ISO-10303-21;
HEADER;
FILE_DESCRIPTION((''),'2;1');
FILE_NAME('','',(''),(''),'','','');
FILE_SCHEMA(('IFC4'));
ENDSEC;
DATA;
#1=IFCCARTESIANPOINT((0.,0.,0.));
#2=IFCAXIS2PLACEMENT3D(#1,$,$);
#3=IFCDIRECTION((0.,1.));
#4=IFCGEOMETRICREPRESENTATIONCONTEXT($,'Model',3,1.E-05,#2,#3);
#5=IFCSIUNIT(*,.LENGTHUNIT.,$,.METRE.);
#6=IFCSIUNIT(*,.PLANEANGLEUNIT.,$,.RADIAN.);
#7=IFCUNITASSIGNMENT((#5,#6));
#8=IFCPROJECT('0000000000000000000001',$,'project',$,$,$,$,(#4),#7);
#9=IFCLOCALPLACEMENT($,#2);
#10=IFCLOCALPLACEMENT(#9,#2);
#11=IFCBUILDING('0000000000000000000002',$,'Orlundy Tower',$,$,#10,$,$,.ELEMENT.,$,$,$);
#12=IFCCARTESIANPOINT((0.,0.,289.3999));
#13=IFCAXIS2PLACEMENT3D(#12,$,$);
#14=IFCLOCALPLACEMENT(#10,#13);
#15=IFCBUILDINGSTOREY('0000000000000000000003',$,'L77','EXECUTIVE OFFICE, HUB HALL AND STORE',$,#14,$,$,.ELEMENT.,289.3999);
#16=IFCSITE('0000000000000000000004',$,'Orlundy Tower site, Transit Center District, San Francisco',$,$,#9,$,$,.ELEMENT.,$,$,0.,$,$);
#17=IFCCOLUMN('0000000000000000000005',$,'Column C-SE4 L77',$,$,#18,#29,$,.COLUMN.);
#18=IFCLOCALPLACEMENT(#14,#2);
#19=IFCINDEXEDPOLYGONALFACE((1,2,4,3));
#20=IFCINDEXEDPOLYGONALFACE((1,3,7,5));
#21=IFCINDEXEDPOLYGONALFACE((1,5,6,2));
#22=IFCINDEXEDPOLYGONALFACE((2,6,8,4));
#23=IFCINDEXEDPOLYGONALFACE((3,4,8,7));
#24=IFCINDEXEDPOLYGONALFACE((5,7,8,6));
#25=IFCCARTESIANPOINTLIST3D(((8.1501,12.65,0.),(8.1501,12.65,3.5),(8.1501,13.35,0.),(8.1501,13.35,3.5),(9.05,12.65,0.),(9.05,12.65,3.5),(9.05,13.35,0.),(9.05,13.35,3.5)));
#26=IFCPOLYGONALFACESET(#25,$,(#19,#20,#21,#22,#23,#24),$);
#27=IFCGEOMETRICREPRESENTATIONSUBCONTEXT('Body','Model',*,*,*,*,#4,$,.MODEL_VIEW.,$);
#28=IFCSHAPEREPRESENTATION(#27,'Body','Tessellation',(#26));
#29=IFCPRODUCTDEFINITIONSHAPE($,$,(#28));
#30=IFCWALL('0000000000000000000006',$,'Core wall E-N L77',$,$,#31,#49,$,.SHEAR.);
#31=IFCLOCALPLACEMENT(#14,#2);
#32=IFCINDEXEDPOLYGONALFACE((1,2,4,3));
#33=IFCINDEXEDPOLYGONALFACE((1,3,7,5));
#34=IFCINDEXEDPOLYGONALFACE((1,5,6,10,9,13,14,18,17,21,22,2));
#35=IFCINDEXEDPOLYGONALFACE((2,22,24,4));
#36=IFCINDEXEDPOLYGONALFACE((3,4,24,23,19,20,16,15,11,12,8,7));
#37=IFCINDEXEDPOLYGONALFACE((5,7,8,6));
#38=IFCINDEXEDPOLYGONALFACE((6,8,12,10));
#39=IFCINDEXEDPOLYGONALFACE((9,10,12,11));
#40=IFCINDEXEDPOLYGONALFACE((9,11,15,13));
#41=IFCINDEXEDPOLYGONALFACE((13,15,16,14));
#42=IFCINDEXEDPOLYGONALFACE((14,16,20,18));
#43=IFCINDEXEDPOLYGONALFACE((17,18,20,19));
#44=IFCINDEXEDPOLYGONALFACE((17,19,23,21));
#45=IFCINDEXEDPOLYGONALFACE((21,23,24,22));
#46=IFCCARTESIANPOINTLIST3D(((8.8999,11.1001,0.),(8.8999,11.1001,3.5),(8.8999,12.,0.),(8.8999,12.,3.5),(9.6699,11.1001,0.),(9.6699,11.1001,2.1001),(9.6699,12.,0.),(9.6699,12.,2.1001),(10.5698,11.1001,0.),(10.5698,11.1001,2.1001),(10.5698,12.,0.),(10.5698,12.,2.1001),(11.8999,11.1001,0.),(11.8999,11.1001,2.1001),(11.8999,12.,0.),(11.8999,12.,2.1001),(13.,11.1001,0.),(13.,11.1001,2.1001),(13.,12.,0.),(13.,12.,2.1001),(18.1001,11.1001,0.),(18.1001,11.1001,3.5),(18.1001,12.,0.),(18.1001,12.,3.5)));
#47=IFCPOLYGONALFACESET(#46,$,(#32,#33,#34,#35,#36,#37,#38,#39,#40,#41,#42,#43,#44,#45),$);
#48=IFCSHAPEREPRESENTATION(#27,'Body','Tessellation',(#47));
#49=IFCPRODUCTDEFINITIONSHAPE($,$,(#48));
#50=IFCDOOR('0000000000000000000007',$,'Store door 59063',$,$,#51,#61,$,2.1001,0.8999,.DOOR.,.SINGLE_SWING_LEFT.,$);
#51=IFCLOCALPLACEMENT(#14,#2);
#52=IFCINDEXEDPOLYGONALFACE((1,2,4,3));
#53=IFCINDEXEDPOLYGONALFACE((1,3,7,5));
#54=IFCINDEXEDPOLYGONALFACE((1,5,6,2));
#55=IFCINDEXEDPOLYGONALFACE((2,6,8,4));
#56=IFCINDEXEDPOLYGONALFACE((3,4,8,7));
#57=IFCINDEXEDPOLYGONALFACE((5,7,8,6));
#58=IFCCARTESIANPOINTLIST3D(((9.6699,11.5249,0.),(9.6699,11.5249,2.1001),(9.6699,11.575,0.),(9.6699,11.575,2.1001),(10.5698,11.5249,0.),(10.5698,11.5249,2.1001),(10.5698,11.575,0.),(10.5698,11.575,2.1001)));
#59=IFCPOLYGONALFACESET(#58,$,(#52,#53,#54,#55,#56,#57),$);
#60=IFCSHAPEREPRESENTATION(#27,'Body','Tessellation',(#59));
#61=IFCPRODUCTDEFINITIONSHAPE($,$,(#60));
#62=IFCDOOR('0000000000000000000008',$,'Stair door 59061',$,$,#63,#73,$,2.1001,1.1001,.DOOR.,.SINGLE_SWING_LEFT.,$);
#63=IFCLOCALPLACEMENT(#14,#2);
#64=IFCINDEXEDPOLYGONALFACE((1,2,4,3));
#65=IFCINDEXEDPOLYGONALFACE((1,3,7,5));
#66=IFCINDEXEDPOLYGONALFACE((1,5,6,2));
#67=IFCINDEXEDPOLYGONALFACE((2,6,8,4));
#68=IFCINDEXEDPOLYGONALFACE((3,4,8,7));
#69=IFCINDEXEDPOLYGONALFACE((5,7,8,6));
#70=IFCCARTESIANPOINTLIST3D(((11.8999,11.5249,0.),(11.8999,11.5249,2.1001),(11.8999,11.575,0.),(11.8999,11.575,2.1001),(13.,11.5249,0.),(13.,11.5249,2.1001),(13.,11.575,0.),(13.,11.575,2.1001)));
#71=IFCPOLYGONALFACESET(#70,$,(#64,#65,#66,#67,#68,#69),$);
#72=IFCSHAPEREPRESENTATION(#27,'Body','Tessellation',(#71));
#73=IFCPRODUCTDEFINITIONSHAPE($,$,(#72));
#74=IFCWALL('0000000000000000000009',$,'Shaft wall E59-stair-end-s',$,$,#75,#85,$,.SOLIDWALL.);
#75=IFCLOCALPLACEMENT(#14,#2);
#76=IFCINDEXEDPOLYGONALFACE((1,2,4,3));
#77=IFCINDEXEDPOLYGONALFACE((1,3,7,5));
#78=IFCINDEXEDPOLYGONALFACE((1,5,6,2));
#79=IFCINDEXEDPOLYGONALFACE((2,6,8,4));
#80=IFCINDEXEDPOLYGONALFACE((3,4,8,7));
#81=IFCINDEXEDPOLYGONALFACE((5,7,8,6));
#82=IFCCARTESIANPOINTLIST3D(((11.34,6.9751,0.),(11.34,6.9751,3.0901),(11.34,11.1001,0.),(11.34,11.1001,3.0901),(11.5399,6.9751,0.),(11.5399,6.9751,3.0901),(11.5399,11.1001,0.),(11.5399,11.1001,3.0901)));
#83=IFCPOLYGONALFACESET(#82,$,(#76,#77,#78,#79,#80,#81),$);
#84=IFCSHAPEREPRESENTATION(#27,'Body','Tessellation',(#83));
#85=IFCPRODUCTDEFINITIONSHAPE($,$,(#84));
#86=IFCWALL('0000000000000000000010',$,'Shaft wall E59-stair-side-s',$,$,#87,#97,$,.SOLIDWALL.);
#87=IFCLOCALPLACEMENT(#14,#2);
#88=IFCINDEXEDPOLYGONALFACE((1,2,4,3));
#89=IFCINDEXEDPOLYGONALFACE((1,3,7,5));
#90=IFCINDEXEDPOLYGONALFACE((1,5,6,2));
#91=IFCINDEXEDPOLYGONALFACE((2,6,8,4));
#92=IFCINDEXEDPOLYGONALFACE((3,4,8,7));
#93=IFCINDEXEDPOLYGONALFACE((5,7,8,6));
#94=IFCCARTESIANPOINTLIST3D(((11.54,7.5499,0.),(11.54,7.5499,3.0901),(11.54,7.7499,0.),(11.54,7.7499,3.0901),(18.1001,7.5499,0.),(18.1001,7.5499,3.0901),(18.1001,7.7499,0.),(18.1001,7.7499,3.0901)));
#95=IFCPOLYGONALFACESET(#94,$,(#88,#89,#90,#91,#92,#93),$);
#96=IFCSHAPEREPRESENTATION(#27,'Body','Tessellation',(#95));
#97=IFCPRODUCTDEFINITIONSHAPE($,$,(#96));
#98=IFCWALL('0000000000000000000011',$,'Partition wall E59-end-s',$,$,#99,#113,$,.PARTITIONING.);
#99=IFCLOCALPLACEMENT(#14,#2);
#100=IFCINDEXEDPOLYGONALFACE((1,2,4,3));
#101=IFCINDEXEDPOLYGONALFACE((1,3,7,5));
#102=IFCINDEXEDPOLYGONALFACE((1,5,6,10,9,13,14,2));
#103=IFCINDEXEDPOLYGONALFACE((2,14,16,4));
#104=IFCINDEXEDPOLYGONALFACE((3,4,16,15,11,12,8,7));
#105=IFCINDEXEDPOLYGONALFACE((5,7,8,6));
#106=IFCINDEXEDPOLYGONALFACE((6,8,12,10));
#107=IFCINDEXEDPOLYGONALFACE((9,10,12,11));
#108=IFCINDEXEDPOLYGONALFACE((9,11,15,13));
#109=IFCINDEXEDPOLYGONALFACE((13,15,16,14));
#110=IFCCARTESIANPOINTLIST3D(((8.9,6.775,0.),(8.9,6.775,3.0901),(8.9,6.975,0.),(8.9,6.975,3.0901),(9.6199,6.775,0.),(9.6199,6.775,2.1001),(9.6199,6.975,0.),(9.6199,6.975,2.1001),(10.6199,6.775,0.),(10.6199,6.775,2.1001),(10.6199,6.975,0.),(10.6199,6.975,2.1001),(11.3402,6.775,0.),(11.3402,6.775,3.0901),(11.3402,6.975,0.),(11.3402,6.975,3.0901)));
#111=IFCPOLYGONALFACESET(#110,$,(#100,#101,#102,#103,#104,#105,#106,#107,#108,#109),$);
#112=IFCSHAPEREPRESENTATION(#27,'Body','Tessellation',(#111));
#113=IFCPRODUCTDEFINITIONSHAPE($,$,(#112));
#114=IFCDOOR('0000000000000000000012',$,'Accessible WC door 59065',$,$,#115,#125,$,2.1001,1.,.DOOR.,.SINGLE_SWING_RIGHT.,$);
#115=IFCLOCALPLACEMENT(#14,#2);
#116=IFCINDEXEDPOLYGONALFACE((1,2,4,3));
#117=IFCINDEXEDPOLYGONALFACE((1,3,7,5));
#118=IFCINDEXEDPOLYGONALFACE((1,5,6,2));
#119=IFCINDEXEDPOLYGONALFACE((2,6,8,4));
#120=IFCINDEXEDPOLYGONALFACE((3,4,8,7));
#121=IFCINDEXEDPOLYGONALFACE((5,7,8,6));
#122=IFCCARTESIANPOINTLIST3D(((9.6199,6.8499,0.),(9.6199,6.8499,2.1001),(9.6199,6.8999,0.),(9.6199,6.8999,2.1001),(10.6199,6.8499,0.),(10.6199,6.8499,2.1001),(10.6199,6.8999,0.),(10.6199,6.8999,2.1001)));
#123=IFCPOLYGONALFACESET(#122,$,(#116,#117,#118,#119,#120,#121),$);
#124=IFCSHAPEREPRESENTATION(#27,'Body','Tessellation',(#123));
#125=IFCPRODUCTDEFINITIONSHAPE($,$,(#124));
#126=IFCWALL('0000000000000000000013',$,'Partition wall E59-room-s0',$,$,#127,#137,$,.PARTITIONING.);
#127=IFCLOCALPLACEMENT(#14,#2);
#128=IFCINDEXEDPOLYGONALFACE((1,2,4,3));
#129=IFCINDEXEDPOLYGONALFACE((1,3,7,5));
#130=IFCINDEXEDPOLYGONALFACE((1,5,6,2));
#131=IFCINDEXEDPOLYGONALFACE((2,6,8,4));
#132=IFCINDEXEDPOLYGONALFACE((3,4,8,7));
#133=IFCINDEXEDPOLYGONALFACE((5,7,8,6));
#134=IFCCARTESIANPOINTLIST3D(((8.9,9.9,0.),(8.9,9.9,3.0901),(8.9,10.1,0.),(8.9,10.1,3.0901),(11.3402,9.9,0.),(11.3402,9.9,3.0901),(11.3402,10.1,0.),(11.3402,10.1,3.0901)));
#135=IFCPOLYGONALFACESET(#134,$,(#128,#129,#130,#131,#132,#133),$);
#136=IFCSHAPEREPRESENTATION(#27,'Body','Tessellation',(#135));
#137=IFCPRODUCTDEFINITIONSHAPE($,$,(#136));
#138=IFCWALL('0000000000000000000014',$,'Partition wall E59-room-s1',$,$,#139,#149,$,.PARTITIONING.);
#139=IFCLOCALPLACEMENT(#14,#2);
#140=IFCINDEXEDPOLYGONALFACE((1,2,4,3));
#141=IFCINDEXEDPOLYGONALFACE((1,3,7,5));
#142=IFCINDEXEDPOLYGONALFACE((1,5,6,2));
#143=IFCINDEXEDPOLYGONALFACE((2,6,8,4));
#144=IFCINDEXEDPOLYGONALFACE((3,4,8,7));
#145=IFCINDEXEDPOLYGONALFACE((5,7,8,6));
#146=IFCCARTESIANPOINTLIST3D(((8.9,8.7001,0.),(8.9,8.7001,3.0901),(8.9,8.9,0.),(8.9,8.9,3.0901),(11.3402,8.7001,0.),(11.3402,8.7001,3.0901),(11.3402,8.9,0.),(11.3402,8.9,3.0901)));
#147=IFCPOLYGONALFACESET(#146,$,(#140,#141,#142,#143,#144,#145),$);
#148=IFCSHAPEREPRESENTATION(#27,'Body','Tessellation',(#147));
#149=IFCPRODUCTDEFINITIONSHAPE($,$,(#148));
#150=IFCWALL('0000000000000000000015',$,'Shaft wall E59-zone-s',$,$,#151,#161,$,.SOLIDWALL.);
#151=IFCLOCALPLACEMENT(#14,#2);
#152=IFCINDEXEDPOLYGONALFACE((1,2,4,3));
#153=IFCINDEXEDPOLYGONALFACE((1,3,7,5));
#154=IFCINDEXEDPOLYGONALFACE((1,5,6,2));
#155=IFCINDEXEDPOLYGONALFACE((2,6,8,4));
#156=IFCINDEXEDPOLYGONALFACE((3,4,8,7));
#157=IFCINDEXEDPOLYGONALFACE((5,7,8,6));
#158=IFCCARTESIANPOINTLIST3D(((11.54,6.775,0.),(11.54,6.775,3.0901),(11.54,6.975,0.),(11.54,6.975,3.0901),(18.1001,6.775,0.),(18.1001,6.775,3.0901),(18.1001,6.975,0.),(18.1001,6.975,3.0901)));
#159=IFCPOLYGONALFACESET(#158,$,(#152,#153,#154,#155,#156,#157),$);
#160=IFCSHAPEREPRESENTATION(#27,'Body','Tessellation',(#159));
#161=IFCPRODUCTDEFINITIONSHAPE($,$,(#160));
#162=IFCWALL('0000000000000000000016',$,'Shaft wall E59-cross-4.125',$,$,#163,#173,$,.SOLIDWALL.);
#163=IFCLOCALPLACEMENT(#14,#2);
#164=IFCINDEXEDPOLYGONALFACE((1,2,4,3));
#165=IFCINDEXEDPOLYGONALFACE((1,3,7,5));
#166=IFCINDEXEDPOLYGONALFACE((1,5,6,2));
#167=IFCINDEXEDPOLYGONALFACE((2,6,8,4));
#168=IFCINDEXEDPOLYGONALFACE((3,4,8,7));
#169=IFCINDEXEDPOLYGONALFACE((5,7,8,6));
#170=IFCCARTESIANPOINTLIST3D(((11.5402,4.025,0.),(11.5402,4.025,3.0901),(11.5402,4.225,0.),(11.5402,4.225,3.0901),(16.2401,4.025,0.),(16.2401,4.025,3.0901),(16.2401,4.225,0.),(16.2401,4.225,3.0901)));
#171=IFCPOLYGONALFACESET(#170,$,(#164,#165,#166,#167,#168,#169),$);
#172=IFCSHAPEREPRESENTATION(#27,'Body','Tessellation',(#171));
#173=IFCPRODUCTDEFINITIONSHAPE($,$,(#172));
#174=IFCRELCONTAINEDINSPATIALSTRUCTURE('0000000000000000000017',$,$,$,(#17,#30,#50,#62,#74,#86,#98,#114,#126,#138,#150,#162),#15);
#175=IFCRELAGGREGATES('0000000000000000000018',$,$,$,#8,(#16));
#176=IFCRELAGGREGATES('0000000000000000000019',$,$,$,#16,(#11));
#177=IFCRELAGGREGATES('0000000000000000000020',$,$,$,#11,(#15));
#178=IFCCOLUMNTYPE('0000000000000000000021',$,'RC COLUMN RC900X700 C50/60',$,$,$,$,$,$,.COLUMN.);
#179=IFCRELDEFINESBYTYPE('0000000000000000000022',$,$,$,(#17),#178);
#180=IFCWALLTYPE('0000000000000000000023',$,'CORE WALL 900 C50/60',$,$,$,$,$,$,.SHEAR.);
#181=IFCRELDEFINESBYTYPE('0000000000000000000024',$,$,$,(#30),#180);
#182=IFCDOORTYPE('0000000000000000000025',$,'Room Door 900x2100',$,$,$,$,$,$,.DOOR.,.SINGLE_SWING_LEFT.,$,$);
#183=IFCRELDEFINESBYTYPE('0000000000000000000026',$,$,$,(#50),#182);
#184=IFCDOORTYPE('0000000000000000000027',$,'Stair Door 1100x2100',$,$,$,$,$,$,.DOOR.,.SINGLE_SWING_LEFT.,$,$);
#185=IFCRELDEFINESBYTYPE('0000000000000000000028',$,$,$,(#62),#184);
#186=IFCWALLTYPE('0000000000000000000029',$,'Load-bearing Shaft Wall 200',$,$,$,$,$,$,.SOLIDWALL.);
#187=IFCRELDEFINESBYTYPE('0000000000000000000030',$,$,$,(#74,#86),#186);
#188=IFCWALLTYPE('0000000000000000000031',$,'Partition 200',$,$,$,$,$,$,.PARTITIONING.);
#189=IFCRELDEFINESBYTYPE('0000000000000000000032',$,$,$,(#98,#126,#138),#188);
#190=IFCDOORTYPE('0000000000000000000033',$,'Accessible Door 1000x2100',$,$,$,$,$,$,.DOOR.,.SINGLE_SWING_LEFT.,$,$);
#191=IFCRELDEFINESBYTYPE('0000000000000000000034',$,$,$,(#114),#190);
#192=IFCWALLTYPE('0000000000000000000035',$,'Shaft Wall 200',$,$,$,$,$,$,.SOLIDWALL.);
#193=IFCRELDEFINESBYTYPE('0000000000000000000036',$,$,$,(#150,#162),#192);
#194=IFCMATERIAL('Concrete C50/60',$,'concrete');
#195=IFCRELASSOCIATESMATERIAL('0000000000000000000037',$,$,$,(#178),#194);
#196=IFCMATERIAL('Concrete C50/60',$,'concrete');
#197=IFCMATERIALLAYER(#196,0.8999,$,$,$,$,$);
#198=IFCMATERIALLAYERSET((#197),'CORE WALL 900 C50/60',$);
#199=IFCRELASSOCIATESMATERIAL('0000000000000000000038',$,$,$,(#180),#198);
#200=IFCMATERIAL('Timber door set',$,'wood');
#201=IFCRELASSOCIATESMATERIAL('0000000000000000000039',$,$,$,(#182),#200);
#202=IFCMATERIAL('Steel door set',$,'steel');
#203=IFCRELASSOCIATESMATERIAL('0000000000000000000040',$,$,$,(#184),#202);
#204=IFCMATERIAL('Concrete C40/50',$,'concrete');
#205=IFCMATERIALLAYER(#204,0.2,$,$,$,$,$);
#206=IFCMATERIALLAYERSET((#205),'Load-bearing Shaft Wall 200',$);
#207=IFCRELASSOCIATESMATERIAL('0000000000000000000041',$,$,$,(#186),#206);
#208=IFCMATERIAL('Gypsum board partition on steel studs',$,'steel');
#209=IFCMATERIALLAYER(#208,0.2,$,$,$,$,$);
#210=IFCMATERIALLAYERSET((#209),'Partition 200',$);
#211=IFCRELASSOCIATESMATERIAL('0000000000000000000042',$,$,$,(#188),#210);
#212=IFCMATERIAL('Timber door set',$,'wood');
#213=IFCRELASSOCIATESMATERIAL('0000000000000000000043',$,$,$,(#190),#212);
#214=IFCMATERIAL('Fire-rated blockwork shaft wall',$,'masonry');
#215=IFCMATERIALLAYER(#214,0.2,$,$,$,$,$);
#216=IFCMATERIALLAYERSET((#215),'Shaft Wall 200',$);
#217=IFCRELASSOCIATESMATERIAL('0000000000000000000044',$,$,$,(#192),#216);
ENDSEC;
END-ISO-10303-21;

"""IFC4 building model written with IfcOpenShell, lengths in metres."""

from ifc_helpers import new_model, si_unit, direction, frame, frame_2d, origin, origin_2d, place, context, subcontext, project, spatial, rectangle, extrude, material, layer, layer_set, material_profile, profile_set, type_object, element, fill, save


model = new_model("IFC4")

# Units and contexts
model_context = context("Model", 3, precision=1e-05, world=origin(), true_north=direction((0.0, 1.0)))
body_context = subcontext(model_context, "Body", "Model", "MODEL_VIEW")
ifc_project = project(units=[si_unit("LENGTHUNIT", "METRE"), si_unit("PLANEANGLEUNIT", "RADIAN")], contexts=[model_context])

# Site, building, storey
site_placement = place(None, origin())
site = spatial("IfcSite", under=ifc_project, at=site_placement, Name="Orlundy Tower site, Transit Center District, San Francisco", CompositionType="ELEMENT", RefElevation=0.0)
building_placement = place(site_placement, origin())
building = spatial("IfcBuilding", under=site, at=building_placement, Name="Orlundy Tower", CompositionType="ELEMENT")
storey_placement = place(building_placement, frame((0.0, 0.0, 289.3999)))
storey = spatial("IfcBuildingStorey", under=building, at=storey_placement, Name="L77", Description="EXECUTIVE OFFICE, HUB HALL AND STORE", CompositionType="ELEMENT", Elevation=289.3999)

# Column
ifc_material_1 = material(Name="Concrete C50/60", Category="concrete")
ifc_material_profile = material_profile(ifc_material_1, rectangle(XDim=0.8999, YDim=0.7, at=origin_2d()), Name="RC900X700")
ifc_profile_set = profile_set([ifc_material_profile], Name="Concrete C50/60")
column_type = type_object("IfcColumnType", Name="RC COLUMN RC900X700 C50/60", PredefinedType="COLUMN", material=ifc_profile_set)
column_placement = place(storey_placement, frame((8.6001, 13.0, 0.0), z_axis=(0.0, 0.0, 1.0), x_axis=(1.0, 0.0, 0.0)))
element("IfcColumn", 1, at=column_placement, inside=storey, type_object=column_type, Name="Column C-SE4 L77", PredefinedType="COLUMN", context=body_context, shape_type="SweptSolid", body=[
    extrude(rectangle(XDim=0.8999, YDim=0.7, at=origin_2d()), origin(), (0.0, 0.0, 1.0), 3.5),
])

# Wall, openings, doors
ifc_material_2 = material(Name="Concrete C50/60", Category="concrete")
ifc_layer_1 = layer(ifc_material_2, 0.8999)
ifc_layer_set_1 = layer_set([ifc_layer_1], Name="CORE WALL 900 C50/60")
wall_type_1 = type_object("IfcWallType", Name="CORE WALL 900 C50/60", PredefinedType="SHEAR", material=ifc_layer_set_1)
wall_1_placement = place(storey_placement, frame((8.8999, 11.55, 0.0), z_axis=(0.0, 0.0, 1.0), x_axis=(1.0, 0.0, 0.0)))
wall_1 = element("IfcWall", 2, at=wall_1_placement, inside=storey, type_object=wall_type_1, Name="Core wall E-N L77", PredefinedType="SHEAR", context=body_context, shape_type="SweptSolid", body=[
    extrude(rectangle(XDim=9.2002, YDim=0.8999, at=frame_2d((4.6001, 0.0))), origin(), (0.0, 0.0, 1.0), 3.5),
])
opening_1_placement = place(wall_1_placement, frame((3.0, 0.0, 0.0)))
opening_1 = element("IfcOpeningElement", 3, at=opening_1_placement, cuts=wall_1, PredefinedType="OPENING", context=body_context, shape_type="SweptSolid", body=[
    extrude(rectangle(XDim=1.1001, YDim=2.1001, at=frame_2d((0.55, 1.05))), frame((0.0, 0.46, 0.0), z_axis=(0.0, -1.0, 0.0), x_axis=(1.0, 0.0, 0.0)), (0.0, 0.0, 1.0), 0.9199),
])
opening_2_placement = place(wall_1_placement, frame((0.77, 0.0, 0.0)))
opening_2 = element("IfcOpeningElement", 4, at=opening_2_placement, cuts=wall_1, PredefinedType="OPENING", context=body_context, shape_type="SweptSolid", body=[
    extrude(rectangle(XDim=0.8999, YDim=2.1001, at=frame_2d((0.45, 1.05))), frame((0.0, 0.46, 0.0), z_axis=(0.0, -1.0, 0.0), x_axis=(1.0, 0.0, 0.0)), (0.0, 0.0, 1.0), 0.9199),
])
ifc_material_3 = material(Name="Timber door set", Category="wood")
door_type_1 = type_object("IfcDoorType", Name="Room Door 900x2100", OperationType="SINGLE_SWING_LEFT", PredefinedType="DOOR", material=ifc_material_3)
door_1_placement = place(opening_2_placement, origin())
door_1 = element("IfcDoor", 5, at=door_1_placement, inside=storey, type_object=door_type_1, Name="Store door 59063", OperationType="SINGLE_SWING_LEFT", OverallHeight=2.1001, OverallWidth=0.8999, PredefinedType="DOOR", context=body_context, shape_type="SweptSolid", body=[
    extrude(rectangle(XDim=0.8999, YDim=2.1001, at=frame_2d((0.45, 1.05))), frame((0.0, 0.0249, 0.0), z_axis=(0.0, -1.0, 0.0), x_axis=(1.0, 0.0, 0.0)), (0.0, 0.0, 1.0), 0.05),
])
fill(opening_2, door_1)
ifc_material_4 = material(Name="Steel door set", Category="steel")
door_type_2 = type_object("IfcDoorType", Name="Stair Door 1100x2100", OperationType="SINGLE_SWING_LEFT", PredefinedType="DOOR", material=ifc_material_4)
door_2_placement = place(opening_1_placement, origin())
door_2 = element("IfcDoor", 6, at=door_2_placement, inside=storey, type_object=door_type_2, Name="Stair door 59061", OperationType="SINGLE_SWING_LEFT", OverallHeight=2.1001, OverallWidth=1.1001, PredefinedType="DOOR", context=body_context, shape_type="SweptSolid", body=[
    extrude(rectangle(XDim=1.1001, YDim=2.1001, at=frame_2d((0.55, 1.05))), frame((0.0, 0.0249, 0.0), z_axis=(0.0, -1.0, 0.0), x_axis=(1.0, 0.0, 0.0)), (0.0, 0.0, 1.0), 0.05),
])
fill(opening_1, door_2)

# Walls
ifc_material_5 = material(Name="Concrete C40/50", Category="concrete")
ifc_layer_2 = layer(ifc_material_5, 0.2)
ifc_layer_set_2 = layer_set([ifc_layer_2], Name="Load-bearing Shaft Wall 200")
wall_type_2 = type_object("IfcWallType", Name="Load-bearing Shaft Wall 200", PredefinedType="SOLIDWALL", material=ifc_layer_set_2)
wall_2_placement = place(storey_placement, frame((11.4399, 11.1001, 0.0), z_axis=(0.0, 0.0, 1.0), x_axis=(0.0, -1.0, 0.0)))
element("IfcWall", 7, at=wall_2_placement, inside=storey, type_object=wall_type_2, Name="Shaft wall E59-stair-end-s", PredefinedType="SOLIDWALL", context=body_context, shape_type="SweptSolid", body=[
    extrude(rectangle(XDim=4.125, YDim=0.2, at=frame_2d((2.0625, 0.0))), origin(), (0.0, 0.0, 1.0), 3.0901),
])
wall_3_placement = place(storey_placement, frame((11.54, 7.6499, 0.0), z_axis=(0.0, 0.0, 1.0), x_axis=(1.0, 0.0, 0.0)))
element("IfcWall", 8, at=wall_3_placement, inside=storey, type_object=wall_type_2, Name="Shaft wall E59-stair-side-s", PredefinedType="SOLIDWALL", context=body_context, shape_type="SweptSolid", body=[
    extrude(rectangle(XDim=6.5601, YDim=0.2, at=frame_2d((3.28, 0.0))), origin(), (0.0, 0.0, 1.0), 3.0901),
])

# Wall, opening, door
ifc_material_6 = material(Name="Gypsum board partition on steel studs", Category="steel")
ifc_layer_3 = layer(ifc_material_6, 0.2)
ifc_layer_set_3 = layer_set([ifc_layer_3], Name="Partition 200")
wall_type_3 = type_object("IfcWallType", Name="Partition 200", PredefinedType="PARTITIONING", material=ifc_layer_set_3)
wall_4_placement = place(storey_placement, frame((8.8999, 6.875, 0.0), z_axis=(0.0, 0.0, 1.0), x_axis=(1.0, 0.0, 0.0)))
wall_4 = element("IfcWall", 9, at=wall_4_placement, inside=storey, type_object=wall_type_3, Name="Partition wall E59-end-s", PredefinedType="PARTITIONING", context=body_context, shape_type="SweptSolid", body=[
    extrude(rectangle(XDim=2.4402, YDim=0.2, at=frame_2d((1.2202, 0.0))), origin(), (0.0, 0.0, 1.0), 3.0901),
])
opening_3_placement = place(wall_4_placement, frame((0.72, 0.0, 0.0)))
opening_3 = element("IfcOpeningElement", 10, at=opening_3_placement, cuts=wall_4, PredefinedType="OPENING", context=body_context, shape_type="SweptSolid", body=[
    extrude(rectangle(XDim=1.0, YDim=2.1001, at=frame_2d((0.5, 1.05))), frame((0.0, 0.1101, 0.0), z_axis=(0.0, -1.0, 0.0), x_axis=(1.0, 0.0, 0.0)), (0.0, 0.0, 1.0), 0.2202),
])
ifc_material_7 = material(Name="Timber door set", Category="wood")
door_type_3 = type_object("IfcDoorType", Name="Accessible Door 1000x2100", OperationType="SINGLE_SWING_LEFT", PredefinedType="DOOR", material=ifc_material_7)
door_3_placement = place(opening_3_placement, origin())
door_3 = element("IfcDoor", 11, at=door_3_placement, inside=storey, type_object=door_type_3, Name="Accessible WC door 59065", OperationType="SINGLE_SWING_RIGHT", OverallHeight=2.1001, OverallWidth=1.0, PredefinedType="DOOR", context=body_context, shape_type="SweptSolid", body=[
    extrude(rectangle(XDim=1.0, YDim=2.1001, at=frame_2d((0.5, 1.05))), frame((0.0, 0.0249, 0.0), z_axis=(0.0, -1.0, 0.0), x_axis=(1.0, 0.0, 0.0)), (0.0, 0.0, 1.0), 0.05),
])
fill(opening_3, door_3)

# Walls
for number, where, z_axis, x_axis, name in (
    (12, (8.8999, 10.0, 0.0), (0.0, 0.0, 1.0), (1.0, 0.0, 0.0), "Partition wall E59-room-s0"),
    (13, (8.8999, 8.8, 0.0), (0.0, 0.0, 1.0), (1.0, 0.0, 0.0), "Partition wall E59-room-s1"),
):
    element("IfcWall", number, at=place(storey_placement, frame(where, z_axis=z_axis, x_axis=x_axis)), inside=storey, type_object=wall_type_3, Name=name, PredefinedType="PARTITIONING", context=body_context, shape_type="SweptSolid", body=[
        extrude(rectangle(XDim=2.4402, YDim=0.2, at=frame_2d((1.2202, 0.0))), origin(), (0.0, 0.0, 1.0), 3.0901),
    ])
ifc_material_8 = material(Name="Fire-rated blockwork shaft wall", Category="masonry")
ifc_layer_4 = layer(ifc_material_8, 0.2)
ifc_layer_set_4 = layer_set([ifc_layer_4], Name="Shaft Wall 200")
wall_type_4 = type_object("IfcWallType", Name="Shaft Wall 200", PredefinedType="SOLIDWALL", material=ifc_layer_set_4)
wall_5_placement = place(storey_placement, frame((11.54, 6.875, 0.0), z_axis=(0.0, 0.0, 1.0), x_axis=(1.0, 0.0, 0.0)))
element("IfcWall", 14, at=wall_5_placement, inside=storey, type_object=wall_type_4, Name="Shaft wall E59-zone-s", PredefinedType="SOLIDWALL", context=body_context, shape_type="SweptSolid", body=[
    extrude(rectangle(XDim=6.5601, YDim=0.2, at=frame_2d((3.28, 0.0))), origin(), (0.0, 0.0, 1.0), 3.0901),
])
wall_6_placement = place(storey_placement, frame((11.54, 4.125, 0.0), z_axis=(0.0, 0.0, 1.0), x_axis=(1.0, 0.0, 0.0)))
element("IfcWall", 15, at=wall_6_placement, inside=storey, type_object=wall_type_4, Name="Shaft wall E59-cross-4.125", PredefinedType="SOLIDWALL", context=body_context, shape_type="SweptSolid", body=[
    extrude(rectangle(XDim=4.7, YDim=0.2, at=frame_2d((2.3501, 0.0))), origin(), (0.0, 0.0, 1.0), 3.0901),
])

save(model, "model.ifc")
